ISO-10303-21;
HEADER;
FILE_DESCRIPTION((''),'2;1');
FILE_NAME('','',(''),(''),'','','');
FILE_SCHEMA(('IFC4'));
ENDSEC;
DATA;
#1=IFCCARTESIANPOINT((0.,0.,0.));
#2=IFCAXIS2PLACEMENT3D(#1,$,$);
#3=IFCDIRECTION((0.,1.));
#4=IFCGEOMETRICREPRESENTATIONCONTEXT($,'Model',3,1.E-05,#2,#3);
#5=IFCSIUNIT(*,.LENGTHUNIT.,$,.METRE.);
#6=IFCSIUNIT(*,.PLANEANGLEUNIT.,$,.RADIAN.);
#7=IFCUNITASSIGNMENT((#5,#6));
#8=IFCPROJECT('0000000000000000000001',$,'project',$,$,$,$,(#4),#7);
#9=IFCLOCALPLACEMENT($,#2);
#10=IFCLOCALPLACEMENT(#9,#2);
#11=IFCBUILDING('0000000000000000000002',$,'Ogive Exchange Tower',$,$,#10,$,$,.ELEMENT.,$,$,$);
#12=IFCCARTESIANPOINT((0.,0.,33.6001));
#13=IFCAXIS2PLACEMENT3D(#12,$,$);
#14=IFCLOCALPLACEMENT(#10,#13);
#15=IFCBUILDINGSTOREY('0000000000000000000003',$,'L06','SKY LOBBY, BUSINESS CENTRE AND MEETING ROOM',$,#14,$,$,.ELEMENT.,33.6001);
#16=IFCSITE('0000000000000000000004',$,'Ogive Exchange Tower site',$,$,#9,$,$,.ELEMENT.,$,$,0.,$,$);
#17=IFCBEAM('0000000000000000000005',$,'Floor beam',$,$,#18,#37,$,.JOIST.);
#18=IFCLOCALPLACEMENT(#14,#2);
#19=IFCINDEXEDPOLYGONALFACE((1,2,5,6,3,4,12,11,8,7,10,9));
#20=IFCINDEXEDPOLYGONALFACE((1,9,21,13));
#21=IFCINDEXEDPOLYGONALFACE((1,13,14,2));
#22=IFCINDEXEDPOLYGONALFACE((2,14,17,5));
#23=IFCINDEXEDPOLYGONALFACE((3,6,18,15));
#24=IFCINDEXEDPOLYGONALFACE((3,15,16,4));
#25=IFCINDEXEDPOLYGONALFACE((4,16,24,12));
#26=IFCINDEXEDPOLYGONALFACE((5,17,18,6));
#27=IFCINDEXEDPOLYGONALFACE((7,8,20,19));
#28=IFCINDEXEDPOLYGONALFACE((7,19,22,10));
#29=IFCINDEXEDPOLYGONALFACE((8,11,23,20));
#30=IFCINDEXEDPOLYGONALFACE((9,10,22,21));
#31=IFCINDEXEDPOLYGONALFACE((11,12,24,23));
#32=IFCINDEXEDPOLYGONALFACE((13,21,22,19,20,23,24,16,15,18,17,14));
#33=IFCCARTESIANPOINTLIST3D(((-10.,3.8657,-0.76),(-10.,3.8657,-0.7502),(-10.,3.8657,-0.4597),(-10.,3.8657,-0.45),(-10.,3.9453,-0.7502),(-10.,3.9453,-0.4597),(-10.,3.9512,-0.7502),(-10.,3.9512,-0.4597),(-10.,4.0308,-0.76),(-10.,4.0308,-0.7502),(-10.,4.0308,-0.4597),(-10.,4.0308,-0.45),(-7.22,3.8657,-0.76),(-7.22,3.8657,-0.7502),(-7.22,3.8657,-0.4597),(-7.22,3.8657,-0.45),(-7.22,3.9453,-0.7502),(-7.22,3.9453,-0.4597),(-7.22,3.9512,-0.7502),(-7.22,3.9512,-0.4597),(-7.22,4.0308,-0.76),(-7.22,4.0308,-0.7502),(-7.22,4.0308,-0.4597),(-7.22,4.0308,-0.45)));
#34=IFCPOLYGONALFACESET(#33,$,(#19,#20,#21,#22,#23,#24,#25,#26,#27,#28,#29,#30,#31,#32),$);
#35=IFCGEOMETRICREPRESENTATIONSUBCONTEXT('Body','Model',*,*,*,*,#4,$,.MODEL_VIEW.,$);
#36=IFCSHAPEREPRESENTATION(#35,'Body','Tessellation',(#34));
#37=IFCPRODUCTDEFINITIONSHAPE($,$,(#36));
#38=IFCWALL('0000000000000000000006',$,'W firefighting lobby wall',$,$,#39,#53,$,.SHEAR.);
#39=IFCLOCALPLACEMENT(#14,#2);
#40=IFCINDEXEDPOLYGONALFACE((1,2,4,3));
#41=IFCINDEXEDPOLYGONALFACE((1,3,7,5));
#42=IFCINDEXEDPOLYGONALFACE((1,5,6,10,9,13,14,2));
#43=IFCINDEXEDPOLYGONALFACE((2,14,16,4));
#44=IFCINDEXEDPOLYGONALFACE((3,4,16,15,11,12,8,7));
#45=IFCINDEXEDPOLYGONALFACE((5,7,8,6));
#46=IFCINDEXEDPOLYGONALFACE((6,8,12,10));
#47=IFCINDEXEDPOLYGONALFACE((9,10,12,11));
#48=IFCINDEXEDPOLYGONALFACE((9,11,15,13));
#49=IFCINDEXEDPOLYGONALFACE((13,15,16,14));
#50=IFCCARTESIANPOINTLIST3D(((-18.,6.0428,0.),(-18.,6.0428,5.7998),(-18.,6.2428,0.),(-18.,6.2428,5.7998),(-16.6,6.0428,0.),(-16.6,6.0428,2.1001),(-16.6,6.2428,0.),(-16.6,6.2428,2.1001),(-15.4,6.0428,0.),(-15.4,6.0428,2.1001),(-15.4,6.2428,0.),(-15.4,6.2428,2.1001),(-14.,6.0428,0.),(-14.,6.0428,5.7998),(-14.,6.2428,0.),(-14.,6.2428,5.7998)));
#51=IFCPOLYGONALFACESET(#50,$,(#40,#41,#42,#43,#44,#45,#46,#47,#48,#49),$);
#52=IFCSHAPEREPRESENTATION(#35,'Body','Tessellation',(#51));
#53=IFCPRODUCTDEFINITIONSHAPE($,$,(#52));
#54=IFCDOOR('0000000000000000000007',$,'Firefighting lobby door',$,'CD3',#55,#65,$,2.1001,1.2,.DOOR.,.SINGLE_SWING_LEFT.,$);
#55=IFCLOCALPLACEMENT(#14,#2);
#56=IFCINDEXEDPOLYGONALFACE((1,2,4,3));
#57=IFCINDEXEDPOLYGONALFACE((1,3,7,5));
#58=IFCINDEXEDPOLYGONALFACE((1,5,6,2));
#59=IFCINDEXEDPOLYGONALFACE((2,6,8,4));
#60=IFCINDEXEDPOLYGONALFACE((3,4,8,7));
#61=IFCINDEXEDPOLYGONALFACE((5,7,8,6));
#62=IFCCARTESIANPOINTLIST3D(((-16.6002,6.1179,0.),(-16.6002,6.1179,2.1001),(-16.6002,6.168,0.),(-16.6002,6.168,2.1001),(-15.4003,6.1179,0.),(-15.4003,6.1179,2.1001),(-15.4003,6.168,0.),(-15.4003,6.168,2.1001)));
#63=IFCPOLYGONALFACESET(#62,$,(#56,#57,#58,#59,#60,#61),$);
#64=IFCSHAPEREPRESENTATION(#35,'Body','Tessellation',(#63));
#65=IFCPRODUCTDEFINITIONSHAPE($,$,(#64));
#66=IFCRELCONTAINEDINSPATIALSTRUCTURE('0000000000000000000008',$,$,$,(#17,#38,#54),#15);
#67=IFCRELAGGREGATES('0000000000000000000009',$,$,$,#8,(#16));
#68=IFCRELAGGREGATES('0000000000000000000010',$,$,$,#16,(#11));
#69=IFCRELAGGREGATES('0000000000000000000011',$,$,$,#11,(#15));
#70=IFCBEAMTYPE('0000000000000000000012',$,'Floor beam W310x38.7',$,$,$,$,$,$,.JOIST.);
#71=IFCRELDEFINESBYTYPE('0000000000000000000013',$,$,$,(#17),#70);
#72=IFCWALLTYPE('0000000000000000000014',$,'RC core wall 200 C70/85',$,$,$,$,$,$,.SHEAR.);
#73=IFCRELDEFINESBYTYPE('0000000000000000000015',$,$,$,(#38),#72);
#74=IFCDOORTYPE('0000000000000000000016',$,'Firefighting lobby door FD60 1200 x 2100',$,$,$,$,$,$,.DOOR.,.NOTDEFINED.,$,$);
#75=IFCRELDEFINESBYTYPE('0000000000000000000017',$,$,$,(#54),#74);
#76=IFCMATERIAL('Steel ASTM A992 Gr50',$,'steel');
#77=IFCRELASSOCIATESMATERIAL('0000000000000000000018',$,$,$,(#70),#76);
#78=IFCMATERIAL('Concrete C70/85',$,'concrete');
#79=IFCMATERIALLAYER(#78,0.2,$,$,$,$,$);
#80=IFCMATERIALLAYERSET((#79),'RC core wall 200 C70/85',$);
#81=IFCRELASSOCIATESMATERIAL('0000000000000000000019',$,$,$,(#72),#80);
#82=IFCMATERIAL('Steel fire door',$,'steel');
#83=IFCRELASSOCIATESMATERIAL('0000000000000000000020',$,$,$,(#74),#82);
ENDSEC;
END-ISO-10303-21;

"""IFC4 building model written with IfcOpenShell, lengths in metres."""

from ifc_helpers import new_model, si_unit, direction, frame, frame_2d, origin, origin_2d, place, context, subcontext, project, spatial, rectangle, i_section, extrude, material, layer, layer_set, material_profile, profile_set, type_object, element, fill, save


model = new_model("IFC4")

# Units and contexts
model_context = context("Model", 3, precision=1e-05, world=origin(), true_north=direction((0.0, 1.0)))
body_context = subcontext(model_context, "Body", "Model", "MODEL_VIEW")
ifc_project = project(units=[si_unit("LENGTHUNIT", "METRE"), si_unit("PLANEANGLEUNIT", "RADIAN")], contexts=[model_context])

# Site, building, storey
site_placement = place(None, origin())
site = spatial("IfcSite", under=ifc_project, at=site_placement, Name="Ogive Exchange Tower site", CompositionType="ELEMENT", RefElevation=0.0)
building_placement = place(site_placement, origin())
building = spatial("IfcBuilding", under=site, at=building_placement, Name="Ogive Exchange Tower", CompositionType="ELEMENT")
storey_placement = place(building_placement, frame((0.0, 0.0, 33.6001)))
storey = spatial("IfcBuildingStorey", under=building, at=storey_placement, Name="L06", Description="SKY LOBBY, BUSINESS CENTRE AND MEETING ROOM", CompositionType="ELEMENT", Elevation=33.6001)

# Beam
ifc_material_1 = material(Name="Steel ASTM A992 Gr50", Category="steel")
ifc_material_profile = material_profile(ifc_material_1, i_section(OverallWidth=0.165, OverallDepth=0.3101, WebThickness=0.0059, FlangeThickness=0.0098, at=origin_2d()), Name="W310x38.7")
ifc_profile_set = profile_set([ifc_material_profile], Name="Steel ASTM A992 Gr50")
beam_type = type_object("IfcBeamType", Name="Floor beam W310x38.7", PredefinedType="JOIST", material=ifc_profile_set)
beam_placement = place(storey_placement, frame((-10.0, 3.9482, -0.605), z_axis=(1.0, 0.0, 0.0), x_axis=(0.0, 1.0, 0.0)))
element("IfcBeam", 1, at=beam_placement, inside=storey, type_object=beam_type, Name="Floor beam", PredefinedType="JOIST", context=body_context, shape_type="SweptSolid", body=[
    extrude(i_section(OverallWidth=0.165, OverallDepth=0.3101, WebThickness=0.0059, FlangeThickness=0.0098, at=origin_2d()), origin(), (0.0, 0.0, 1.0), 2.78),
])

# Wall, opening, door
ifc_material_2 = material(Name="Concrete C70/85", Category="concrete")
ifc_layer_1 = layer(ifc_material_2, 0.2)
ifc_layer_set_1 = layer_set([ifc_layer_1], Name="RC core wall 200 C70/85")
wall_type_1 = type_object("IfcWallType", Name="RC core wall 200 C70/85", PredefinedType="SHEAR", material=ifc_layer_set_1)
wall_1_placement = place(storey_placement, frame((-18.0, 6.1428, 0.0), z_axis=(0.0, 0.0, 1.0), x_axis=(1.0, 0.0, 0.0)))
wall_1 = element("IfcWall", 2, at=wall_1_placement, inside=storey, type_object=wall_type_1, Name="W firefighting lobby wall", PredefinedType="SHEAR", context=body_context, shape_type="SweptSolid", body=[
    extrude(rectangle(XDim=4.0, YDim=0.2, at=frame_2d((2.0, 0.0))), origin(), (0.0, 0.0, 1.0), 5.7998),
])
opening_1_placement = place(wall_1_placement, frame((1.3999, 0.0, 0.0)))
opening_1 = element("IfcOpeningElement", 3, at=opening_1_placement, cuts=wall_1, PredefinedType="OPENING", context=body_context, shape_type="SweptSolid", body=[
    extrude(rectangle(XDim=1.2, YDim=2.1001, at=frame_2d((0.6001, 1.05))), frame((0.0, 0.1099, 0.0), z_axis=(0.0, -1.0, 0.0), x_axis=(1.0, 0.0, 0.0)), (0.0, 0.0, 1.0), 0.22),
])
ifc_material_3 = material(Name="Steel fire door", Category="steel")
door_type_1 = type_object("IfcDoorType", Name="Firefighting lobby door FD60 1200 x 2100", OperationType="NOTDEFINED", PredefinedType="DOOR", material=ifc_material_3)
door_1_placement = place(opening_1_placement, frame((1.2, 0.0, 0.0), z_axis=(0.0, 0.0, 1.0), x_axis=(-1.0, 0.0, 0.0)))
door_1 = element("IfcDoor", 4, at=door_1_placement, inside=storey, type_object=door_type_1, Name="Firefighting lobby door", ObjectType="CD3", OperationType="SINGLE_SWING_LEFT", OverallHeight=2.1001, OverallWidth=1.2, PredefinedType="DOOR", context=body_context, shape_type="SweptSolid", body=[
    extrude(rectangle(XDim=1.2, YDim=2.1001, at=frame_2d((0.6001, 1.05))), frame((0.0, 0.0249, 0.0), z_axis=(0.0, -1.0, 0.0), x_axis=(1.0, 0.0, 0.0)), (0.0, 0.0, 1.0), 0.05),
])
fill(opening_1, door_1)

save(model, "model.ifc")
